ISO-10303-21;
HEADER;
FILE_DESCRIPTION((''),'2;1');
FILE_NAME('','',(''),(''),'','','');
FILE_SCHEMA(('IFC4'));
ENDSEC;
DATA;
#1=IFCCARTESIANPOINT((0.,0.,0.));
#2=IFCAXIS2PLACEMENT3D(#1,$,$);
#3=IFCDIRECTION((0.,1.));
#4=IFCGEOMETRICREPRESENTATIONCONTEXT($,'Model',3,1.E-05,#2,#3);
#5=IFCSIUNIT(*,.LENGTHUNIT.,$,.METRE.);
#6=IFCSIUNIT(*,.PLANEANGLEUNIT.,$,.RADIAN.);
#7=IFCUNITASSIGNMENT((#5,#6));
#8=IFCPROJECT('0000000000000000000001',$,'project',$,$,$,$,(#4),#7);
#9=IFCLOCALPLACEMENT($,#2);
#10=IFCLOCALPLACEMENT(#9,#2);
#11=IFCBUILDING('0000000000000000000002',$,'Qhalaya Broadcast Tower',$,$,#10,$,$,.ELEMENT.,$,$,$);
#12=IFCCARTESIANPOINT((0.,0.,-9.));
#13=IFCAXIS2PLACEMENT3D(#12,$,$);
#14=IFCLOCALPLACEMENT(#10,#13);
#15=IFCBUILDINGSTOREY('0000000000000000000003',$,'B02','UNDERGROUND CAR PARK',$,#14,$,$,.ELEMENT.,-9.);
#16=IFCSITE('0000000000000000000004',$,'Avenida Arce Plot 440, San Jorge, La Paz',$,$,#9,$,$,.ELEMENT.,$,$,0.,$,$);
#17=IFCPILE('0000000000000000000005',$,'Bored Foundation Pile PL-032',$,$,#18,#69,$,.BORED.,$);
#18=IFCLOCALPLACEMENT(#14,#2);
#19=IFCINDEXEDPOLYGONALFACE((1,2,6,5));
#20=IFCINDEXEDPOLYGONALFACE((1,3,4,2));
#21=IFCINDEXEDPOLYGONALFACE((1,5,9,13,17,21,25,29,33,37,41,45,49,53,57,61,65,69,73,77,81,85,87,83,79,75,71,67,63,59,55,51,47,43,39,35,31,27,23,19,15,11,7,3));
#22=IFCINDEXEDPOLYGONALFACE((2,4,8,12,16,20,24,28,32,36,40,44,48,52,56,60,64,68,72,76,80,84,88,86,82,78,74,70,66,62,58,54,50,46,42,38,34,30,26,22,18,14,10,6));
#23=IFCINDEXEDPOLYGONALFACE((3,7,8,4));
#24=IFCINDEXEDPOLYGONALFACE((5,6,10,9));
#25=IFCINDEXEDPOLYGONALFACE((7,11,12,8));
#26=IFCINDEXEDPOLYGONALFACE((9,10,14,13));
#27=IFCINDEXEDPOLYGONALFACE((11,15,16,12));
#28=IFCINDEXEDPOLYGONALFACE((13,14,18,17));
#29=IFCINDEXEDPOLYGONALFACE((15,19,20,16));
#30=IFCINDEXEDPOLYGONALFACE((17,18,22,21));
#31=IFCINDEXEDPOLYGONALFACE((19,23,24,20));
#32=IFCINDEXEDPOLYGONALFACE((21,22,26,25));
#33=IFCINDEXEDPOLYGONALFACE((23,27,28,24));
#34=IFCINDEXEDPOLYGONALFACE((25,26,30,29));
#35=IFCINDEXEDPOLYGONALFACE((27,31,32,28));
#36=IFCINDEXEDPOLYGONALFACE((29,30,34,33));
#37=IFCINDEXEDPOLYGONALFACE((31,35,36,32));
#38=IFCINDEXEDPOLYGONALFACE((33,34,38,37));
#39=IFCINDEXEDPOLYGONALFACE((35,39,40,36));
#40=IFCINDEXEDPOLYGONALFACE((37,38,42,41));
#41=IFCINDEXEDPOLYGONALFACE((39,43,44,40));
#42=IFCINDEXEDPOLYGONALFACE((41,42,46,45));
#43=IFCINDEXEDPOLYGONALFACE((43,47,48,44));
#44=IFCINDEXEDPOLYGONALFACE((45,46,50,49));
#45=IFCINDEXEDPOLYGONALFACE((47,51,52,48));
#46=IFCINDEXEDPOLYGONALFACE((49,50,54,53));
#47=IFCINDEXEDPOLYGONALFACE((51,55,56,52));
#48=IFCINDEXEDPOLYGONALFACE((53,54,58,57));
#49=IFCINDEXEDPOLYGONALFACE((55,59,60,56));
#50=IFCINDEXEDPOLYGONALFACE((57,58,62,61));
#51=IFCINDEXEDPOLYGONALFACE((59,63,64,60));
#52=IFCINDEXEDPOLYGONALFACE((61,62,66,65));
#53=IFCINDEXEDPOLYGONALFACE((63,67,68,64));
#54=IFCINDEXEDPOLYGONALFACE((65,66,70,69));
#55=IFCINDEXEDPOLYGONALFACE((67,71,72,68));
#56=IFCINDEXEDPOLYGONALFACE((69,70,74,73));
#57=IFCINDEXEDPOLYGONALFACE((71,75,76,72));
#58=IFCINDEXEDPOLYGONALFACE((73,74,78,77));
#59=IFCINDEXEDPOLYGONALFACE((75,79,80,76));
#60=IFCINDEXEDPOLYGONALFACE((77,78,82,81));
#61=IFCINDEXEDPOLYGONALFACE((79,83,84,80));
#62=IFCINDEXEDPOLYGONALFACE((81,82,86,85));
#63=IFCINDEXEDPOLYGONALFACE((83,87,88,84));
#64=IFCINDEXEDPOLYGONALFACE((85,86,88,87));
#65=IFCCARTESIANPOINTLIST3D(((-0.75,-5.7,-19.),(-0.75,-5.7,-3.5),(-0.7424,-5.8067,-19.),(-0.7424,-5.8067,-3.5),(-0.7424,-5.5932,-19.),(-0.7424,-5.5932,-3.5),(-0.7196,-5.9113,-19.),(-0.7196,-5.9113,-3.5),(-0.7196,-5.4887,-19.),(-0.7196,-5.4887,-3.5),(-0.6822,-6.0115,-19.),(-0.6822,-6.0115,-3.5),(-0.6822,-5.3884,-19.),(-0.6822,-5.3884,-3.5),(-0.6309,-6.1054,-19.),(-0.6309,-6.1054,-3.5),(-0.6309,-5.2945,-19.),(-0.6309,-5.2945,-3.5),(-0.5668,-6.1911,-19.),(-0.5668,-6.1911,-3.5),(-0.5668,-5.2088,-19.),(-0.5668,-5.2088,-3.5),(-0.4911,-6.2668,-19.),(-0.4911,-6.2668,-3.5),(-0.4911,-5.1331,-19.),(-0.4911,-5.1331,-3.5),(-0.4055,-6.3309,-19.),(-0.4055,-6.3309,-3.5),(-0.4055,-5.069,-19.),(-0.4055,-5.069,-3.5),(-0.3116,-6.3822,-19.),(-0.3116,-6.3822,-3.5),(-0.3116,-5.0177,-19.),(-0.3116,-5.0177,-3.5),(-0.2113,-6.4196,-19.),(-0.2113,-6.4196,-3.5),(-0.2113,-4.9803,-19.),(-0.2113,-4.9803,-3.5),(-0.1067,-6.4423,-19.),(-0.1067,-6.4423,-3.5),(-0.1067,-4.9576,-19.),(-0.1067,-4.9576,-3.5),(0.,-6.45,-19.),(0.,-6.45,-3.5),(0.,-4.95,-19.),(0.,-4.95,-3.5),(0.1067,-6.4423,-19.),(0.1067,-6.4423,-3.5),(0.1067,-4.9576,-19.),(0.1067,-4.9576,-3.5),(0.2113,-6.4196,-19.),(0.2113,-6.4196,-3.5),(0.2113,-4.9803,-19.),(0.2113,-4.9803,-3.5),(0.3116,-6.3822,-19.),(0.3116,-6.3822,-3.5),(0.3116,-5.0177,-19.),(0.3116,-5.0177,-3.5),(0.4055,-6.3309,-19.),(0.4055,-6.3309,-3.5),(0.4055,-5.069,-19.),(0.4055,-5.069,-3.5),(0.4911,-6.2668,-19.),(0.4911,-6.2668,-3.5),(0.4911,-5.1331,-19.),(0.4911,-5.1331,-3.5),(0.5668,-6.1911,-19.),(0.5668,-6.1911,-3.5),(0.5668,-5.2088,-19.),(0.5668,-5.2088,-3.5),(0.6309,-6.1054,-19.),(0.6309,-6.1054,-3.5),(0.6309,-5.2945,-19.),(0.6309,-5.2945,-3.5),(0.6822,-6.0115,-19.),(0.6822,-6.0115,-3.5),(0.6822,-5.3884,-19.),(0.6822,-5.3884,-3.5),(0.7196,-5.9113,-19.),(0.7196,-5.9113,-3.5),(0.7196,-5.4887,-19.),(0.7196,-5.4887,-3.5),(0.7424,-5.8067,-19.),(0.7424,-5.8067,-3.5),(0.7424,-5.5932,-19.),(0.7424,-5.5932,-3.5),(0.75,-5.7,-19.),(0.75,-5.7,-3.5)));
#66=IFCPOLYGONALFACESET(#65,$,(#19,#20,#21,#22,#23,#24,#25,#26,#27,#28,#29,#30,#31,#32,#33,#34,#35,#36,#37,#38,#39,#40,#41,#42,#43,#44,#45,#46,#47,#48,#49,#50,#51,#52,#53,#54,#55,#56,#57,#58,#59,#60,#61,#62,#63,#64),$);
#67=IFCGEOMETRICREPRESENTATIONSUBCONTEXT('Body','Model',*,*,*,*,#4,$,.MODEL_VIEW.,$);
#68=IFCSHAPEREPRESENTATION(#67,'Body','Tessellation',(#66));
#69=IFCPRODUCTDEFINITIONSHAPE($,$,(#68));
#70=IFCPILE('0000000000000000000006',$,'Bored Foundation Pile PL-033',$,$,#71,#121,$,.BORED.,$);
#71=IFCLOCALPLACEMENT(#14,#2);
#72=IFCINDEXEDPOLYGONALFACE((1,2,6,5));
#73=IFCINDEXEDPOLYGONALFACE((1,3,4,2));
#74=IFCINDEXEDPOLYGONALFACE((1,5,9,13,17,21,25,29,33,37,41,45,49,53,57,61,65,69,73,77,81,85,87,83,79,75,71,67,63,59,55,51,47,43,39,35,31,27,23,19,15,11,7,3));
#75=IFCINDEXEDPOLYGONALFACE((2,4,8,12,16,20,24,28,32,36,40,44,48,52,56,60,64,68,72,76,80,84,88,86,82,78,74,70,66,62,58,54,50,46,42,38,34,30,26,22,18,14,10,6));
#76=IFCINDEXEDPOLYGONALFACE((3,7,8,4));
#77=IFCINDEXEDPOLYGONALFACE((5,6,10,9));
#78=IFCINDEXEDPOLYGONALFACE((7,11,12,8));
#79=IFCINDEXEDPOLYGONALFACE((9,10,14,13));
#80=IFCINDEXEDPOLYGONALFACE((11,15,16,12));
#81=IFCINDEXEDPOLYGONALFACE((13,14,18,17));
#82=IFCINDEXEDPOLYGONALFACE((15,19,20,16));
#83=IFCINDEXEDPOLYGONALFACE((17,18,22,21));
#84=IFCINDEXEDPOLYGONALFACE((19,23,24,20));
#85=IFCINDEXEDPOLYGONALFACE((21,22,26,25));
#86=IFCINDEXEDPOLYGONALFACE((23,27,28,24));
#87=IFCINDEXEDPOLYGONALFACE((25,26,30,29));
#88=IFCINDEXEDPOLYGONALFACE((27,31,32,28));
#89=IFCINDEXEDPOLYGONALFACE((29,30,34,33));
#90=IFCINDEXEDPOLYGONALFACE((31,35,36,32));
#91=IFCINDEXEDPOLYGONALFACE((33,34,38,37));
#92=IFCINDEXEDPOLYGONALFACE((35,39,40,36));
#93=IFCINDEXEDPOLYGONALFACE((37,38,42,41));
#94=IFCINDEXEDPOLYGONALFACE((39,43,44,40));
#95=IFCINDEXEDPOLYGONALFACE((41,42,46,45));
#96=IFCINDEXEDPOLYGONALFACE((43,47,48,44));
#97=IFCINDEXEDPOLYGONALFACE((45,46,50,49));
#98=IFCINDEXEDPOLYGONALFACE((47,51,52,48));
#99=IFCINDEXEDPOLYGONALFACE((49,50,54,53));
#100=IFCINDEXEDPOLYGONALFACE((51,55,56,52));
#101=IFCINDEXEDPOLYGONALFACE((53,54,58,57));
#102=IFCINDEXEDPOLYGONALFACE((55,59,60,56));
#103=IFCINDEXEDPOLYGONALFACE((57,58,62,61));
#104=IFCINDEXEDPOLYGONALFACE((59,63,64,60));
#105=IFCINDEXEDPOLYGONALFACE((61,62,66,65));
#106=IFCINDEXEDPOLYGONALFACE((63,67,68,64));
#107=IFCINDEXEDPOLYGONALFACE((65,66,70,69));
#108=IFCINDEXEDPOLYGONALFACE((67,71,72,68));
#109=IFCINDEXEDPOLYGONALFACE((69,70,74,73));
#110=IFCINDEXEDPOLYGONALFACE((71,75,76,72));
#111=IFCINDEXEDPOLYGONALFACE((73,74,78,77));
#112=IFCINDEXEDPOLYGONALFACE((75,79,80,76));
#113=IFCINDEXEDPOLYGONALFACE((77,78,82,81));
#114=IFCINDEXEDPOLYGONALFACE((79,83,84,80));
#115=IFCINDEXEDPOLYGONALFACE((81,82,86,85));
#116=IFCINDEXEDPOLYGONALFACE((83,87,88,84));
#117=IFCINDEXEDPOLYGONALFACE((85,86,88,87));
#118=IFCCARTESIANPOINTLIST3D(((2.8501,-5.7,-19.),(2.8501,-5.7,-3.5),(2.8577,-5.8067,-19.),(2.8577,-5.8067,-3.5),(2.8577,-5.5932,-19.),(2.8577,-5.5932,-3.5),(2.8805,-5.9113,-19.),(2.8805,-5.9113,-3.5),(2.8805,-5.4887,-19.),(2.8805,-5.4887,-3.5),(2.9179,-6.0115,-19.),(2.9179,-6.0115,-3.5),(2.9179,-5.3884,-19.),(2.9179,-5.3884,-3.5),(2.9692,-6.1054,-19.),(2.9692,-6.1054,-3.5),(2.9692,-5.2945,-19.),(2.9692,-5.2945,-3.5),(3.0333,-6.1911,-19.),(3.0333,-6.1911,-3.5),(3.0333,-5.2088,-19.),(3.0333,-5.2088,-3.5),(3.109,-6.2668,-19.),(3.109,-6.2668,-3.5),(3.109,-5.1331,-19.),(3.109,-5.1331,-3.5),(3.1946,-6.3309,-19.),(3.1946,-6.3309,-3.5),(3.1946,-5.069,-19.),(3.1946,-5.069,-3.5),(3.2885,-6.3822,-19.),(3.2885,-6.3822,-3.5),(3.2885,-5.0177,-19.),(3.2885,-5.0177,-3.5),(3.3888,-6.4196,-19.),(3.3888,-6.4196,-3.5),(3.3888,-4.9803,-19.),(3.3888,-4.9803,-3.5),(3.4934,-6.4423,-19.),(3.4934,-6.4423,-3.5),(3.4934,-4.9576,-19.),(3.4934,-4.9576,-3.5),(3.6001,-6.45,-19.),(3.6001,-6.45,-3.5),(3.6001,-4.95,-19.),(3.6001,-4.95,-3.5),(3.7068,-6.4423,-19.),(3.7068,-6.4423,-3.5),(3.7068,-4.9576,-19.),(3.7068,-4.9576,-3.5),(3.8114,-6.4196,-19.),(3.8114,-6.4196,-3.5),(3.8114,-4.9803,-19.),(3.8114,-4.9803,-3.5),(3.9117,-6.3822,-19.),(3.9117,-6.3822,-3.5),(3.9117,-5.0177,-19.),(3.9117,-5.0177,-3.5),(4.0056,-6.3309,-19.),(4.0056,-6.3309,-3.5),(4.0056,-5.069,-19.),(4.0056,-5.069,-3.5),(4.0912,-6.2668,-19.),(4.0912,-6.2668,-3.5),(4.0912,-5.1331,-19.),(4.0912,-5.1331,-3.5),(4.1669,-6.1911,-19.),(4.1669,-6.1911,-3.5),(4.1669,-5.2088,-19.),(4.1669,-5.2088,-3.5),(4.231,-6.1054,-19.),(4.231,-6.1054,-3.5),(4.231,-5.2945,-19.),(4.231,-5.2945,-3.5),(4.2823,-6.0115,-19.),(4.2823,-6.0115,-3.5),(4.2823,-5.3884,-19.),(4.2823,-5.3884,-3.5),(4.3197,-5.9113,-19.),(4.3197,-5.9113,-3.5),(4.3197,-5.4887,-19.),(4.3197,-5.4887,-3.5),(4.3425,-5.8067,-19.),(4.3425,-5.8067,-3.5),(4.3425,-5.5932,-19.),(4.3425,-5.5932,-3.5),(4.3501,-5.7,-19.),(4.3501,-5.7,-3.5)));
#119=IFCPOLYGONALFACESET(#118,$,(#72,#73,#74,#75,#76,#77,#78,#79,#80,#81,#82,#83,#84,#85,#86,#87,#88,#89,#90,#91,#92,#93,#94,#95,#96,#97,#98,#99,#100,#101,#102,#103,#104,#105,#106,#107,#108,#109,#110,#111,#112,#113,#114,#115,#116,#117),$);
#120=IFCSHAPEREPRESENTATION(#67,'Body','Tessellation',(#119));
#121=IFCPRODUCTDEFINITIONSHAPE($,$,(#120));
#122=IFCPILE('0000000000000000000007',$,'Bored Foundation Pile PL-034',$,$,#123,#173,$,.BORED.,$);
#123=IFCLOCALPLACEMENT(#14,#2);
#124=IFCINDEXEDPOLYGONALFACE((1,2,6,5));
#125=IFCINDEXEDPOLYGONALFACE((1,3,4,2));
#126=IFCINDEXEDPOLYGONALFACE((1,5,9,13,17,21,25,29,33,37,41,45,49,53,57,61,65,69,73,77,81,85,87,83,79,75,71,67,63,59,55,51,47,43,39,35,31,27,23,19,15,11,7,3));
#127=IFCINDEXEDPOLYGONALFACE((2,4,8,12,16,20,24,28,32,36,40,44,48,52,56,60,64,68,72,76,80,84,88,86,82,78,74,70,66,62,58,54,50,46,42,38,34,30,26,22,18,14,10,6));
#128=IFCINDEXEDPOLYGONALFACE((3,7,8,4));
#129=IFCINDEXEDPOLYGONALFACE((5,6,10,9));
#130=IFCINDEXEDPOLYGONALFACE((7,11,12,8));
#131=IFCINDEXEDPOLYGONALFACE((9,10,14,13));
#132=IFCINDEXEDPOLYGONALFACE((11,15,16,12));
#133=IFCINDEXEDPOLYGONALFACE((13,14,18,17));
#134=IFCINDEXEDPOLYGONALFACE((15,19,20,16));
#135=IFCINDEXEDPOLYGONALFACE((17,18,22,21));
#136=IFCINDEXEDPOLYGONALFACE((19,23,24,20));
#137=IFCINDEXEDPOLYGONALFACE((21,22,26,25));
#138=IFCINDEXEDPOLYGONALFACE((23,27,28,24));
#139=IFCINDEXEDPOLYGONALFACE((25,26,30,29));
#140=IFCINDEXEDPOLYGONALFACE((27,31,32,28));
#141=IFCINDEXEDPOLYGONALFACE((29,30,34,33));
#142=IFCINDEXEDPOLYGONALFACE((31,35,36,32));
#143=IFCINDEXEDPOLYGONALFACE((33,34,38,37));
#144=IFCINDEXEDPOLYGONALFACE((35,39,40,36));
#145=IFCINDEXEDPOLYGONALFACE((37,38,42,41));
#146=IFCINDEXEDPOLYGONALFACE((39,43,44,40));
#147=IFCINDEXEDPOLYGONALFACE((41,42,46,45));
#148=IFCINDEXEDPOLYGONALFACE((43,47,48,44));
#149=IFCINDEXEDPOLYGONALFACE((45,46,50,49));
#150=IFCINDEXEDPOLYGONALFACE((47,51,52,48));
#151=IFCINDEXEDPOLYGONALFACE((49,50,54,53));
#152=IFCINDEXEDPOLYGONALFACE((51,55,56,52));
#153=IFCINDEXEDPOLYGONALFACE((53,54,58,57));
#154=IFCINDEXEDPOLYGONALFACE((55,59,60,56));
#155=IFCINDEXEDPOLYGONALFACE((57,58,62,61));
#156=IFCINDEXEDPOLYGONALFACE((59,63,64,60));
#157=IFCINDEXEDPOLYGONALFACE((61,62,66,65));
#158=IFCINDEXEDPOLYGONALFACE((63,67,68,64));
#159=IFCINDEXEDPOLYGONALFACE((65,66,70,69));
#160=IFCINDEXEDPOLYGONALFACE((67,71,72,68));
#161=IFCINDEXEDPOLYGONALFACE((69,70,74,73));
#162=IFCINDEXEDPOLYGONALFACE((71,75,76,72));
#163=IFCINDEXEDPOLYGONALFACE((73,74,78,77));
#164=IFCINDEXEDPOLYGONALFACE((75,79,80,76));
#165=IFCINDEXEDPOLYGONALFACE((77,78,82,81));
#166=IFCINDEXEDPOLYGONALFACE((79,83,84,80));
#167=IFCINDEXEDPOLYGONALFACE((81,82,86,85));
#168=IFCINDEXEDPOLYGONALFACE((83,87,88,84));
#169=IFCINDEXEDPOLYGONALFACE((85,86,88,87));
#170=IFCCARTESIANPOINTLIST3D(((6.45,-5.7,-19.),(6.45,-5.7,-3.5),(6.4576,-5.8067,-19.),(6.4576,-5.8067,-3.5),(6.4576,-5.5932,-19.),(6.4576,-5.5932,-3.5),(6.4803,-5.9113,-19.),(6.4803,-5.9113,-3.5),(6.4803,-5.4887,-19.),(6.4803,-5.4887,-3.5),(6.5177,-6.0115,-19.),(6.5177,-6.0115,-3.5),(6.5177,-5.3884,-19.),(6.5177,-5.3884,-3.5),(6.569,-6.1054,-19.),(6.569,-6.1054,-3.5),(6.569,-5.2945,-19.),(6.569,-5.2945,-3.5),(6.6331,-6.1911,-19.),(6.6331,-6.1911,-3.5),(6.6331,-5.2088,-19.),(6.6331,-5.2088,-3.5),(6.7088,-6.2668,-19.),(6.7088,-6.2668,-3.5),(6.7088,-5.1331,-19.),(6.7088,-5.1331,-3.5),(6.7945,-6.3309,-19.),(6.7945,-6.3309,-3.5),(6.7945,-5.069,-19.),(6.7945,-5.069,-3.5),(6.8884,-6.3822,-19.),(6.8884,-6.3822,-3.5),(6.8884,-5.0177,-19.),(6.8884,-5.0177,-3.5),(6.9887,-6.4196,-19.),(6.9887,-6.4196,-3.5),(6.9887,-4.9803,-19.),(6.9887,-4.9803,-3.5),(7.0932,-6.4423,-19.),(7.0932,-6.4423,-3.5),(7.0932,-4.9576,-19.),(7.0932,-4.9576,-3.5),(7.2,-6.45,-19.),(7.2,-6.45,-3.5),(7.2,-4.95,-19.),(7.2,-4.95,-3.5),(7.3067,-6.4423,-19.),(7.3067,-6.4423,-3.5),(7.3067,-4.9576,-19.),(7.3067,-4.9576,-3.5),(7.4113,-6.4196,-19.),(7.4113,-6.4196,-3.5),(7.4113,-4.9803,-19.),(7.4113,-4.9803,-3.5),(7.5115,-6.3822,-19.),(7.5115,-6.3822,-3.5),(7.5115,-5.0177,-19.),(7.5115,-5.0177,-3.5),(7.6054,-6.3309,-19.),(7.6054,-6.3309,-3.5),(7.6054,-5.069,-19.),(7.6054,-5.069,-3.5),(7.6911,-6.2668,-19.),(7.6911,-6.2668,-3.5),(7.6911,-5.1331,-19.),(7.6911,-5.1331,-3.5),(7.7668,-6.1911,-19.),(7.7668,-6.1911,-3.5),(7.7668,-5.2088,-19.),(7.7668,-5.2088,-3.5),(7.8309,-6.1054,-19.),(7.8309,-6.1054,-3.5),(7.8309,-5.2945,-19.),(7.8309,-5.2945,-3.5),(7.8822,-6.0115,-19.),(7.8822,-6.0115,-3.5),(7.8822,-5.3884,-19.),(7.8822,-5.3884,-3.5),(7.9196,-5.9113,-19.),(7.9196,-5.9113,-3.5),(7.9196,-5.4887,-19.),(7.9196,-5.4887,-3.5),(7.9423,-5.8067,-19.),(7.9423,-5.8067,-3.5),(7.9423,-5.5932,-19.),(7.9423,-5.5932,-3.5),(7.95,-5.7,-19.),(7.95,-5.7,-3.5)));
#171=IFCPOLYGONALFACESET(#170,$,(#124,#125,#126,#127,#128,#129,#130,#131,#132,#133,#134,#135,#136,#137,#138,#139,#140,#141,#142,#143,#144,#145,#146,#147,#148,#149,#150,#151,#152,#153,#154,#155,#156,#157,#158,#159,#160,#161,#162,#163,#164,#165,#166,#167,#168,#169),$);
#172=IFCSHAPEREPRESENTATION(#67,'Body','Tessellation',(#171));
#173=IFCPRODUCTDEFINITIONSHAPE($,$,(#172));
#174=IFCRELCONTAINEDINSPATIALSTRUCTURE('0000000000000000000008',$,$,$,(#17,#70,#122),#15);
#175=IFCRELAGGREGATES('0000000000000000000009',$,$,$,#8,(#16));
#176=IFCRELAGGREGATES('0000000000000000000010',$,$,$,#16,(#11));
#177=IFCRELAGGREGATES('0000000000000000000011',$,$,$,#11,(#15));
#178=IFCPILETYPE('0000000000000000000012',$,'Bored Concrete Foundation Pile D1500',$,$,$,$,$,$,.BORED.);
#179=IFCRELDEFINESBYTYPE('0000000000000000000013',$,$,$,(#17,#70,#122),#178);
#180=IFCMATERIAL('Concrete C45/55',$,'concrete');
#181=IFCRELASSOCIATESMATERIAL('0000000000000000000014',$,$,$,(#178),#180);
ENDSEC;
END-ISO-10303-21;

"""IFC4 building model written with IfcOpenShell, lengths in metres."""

from ifc_helpers import new_model, si_unit, direction, frame, origin, origin_2d, place, context, subcontext, project, spatial, circle, extrude, material, material_profile, profile_set, type_object, element, save


model = new_model("IFC4")

# Units and contexts
model_context = context("Model", 3, precision=1e-05, world=origin(), true_north=direction((0.0, 1.0)))
body_context = subcontext(model_context, "Body", "Model", "MODEL_VIEW")
ifc_project = project(units=[si_unit("LENGTHUNIT", "METRE"), si_unit("PLANEANGLEUNIT", "RADIAN")], contexts=[model_context])

# Site, building, storey
site_placement = place(None, origin())
site = spatial("IfcSite", under=ifc_project, at=site_placement, Name="Avenida Arce Plot 440, San Jorge, La Paz", CompositionType="ELEMENT", RefElevation=0.0)
building_placement = place(site_placement, origin())
building = spatial("IfcBuilding", under=site, at=building_placement, Name="Qhalaya Broadcast Tower", CompositionType="ELEMENT")
storey_placement = place(building_placement, frame((0.0, 0.0, -9.0)))
storey = spatial("IfcBuildingStorey", under=building, at=storey_placement, Name="B02", Description="UNDERGROUND CAR PARK", CompositionType="ELEMENT", Elevation=-9.0)

# Piles
ifc_material_1 = material(Name="Concrete C45/55", Category="concrete")
ifc_material_profile_1 = material_profile(ifc_material_1, circle(Radius=0.75, at=origin_2d()), Name="PILE D1500")
ifc_profile_set_1 = profile_set([ifc_material_profile_1], Name="Concrete C45/55")
pile_type = type_object("IfcPileType", Name="Bored Concrete Foundation Pile D1500", PredefinedType="BORED", material=ifc_profile_set_1)
for number, where, z_axis, x_axis, name in (
    (1, (0.0, -5.7, -3.5), (0.0, 0.0, -1.0), (1.0, 0.0, 0.0), "Bored Foundation Pile PL-032"),
    (2, (3.6001, -5.7, -3.5), (0.0, 0.0, -1.0), (1.0, 0.0, 0.0), "Bored Foundation Pile PL-033"),
    (3, (7.2, -5.7, -3.5), (0.0, 0.0, -1.0), (1.0, 0.0, 0.0), "Bored Foundation Pile PL-034"),
):
    element("IfcPile", number, at=place(storey_placement, frame(where, z_axis=z_axis, x_axis=x_axis)), inside=storey, type_object=pile_type, Name=name, PredefinedType="BORED", context=body_context, shape_type="SweptSolid", body=[
        extrude(circle(Radius=0.75, at=origin_2d()), origin(), (0.0, 0.0, 1.0), 15.5),
    ])

save(model, "model.ifc")
